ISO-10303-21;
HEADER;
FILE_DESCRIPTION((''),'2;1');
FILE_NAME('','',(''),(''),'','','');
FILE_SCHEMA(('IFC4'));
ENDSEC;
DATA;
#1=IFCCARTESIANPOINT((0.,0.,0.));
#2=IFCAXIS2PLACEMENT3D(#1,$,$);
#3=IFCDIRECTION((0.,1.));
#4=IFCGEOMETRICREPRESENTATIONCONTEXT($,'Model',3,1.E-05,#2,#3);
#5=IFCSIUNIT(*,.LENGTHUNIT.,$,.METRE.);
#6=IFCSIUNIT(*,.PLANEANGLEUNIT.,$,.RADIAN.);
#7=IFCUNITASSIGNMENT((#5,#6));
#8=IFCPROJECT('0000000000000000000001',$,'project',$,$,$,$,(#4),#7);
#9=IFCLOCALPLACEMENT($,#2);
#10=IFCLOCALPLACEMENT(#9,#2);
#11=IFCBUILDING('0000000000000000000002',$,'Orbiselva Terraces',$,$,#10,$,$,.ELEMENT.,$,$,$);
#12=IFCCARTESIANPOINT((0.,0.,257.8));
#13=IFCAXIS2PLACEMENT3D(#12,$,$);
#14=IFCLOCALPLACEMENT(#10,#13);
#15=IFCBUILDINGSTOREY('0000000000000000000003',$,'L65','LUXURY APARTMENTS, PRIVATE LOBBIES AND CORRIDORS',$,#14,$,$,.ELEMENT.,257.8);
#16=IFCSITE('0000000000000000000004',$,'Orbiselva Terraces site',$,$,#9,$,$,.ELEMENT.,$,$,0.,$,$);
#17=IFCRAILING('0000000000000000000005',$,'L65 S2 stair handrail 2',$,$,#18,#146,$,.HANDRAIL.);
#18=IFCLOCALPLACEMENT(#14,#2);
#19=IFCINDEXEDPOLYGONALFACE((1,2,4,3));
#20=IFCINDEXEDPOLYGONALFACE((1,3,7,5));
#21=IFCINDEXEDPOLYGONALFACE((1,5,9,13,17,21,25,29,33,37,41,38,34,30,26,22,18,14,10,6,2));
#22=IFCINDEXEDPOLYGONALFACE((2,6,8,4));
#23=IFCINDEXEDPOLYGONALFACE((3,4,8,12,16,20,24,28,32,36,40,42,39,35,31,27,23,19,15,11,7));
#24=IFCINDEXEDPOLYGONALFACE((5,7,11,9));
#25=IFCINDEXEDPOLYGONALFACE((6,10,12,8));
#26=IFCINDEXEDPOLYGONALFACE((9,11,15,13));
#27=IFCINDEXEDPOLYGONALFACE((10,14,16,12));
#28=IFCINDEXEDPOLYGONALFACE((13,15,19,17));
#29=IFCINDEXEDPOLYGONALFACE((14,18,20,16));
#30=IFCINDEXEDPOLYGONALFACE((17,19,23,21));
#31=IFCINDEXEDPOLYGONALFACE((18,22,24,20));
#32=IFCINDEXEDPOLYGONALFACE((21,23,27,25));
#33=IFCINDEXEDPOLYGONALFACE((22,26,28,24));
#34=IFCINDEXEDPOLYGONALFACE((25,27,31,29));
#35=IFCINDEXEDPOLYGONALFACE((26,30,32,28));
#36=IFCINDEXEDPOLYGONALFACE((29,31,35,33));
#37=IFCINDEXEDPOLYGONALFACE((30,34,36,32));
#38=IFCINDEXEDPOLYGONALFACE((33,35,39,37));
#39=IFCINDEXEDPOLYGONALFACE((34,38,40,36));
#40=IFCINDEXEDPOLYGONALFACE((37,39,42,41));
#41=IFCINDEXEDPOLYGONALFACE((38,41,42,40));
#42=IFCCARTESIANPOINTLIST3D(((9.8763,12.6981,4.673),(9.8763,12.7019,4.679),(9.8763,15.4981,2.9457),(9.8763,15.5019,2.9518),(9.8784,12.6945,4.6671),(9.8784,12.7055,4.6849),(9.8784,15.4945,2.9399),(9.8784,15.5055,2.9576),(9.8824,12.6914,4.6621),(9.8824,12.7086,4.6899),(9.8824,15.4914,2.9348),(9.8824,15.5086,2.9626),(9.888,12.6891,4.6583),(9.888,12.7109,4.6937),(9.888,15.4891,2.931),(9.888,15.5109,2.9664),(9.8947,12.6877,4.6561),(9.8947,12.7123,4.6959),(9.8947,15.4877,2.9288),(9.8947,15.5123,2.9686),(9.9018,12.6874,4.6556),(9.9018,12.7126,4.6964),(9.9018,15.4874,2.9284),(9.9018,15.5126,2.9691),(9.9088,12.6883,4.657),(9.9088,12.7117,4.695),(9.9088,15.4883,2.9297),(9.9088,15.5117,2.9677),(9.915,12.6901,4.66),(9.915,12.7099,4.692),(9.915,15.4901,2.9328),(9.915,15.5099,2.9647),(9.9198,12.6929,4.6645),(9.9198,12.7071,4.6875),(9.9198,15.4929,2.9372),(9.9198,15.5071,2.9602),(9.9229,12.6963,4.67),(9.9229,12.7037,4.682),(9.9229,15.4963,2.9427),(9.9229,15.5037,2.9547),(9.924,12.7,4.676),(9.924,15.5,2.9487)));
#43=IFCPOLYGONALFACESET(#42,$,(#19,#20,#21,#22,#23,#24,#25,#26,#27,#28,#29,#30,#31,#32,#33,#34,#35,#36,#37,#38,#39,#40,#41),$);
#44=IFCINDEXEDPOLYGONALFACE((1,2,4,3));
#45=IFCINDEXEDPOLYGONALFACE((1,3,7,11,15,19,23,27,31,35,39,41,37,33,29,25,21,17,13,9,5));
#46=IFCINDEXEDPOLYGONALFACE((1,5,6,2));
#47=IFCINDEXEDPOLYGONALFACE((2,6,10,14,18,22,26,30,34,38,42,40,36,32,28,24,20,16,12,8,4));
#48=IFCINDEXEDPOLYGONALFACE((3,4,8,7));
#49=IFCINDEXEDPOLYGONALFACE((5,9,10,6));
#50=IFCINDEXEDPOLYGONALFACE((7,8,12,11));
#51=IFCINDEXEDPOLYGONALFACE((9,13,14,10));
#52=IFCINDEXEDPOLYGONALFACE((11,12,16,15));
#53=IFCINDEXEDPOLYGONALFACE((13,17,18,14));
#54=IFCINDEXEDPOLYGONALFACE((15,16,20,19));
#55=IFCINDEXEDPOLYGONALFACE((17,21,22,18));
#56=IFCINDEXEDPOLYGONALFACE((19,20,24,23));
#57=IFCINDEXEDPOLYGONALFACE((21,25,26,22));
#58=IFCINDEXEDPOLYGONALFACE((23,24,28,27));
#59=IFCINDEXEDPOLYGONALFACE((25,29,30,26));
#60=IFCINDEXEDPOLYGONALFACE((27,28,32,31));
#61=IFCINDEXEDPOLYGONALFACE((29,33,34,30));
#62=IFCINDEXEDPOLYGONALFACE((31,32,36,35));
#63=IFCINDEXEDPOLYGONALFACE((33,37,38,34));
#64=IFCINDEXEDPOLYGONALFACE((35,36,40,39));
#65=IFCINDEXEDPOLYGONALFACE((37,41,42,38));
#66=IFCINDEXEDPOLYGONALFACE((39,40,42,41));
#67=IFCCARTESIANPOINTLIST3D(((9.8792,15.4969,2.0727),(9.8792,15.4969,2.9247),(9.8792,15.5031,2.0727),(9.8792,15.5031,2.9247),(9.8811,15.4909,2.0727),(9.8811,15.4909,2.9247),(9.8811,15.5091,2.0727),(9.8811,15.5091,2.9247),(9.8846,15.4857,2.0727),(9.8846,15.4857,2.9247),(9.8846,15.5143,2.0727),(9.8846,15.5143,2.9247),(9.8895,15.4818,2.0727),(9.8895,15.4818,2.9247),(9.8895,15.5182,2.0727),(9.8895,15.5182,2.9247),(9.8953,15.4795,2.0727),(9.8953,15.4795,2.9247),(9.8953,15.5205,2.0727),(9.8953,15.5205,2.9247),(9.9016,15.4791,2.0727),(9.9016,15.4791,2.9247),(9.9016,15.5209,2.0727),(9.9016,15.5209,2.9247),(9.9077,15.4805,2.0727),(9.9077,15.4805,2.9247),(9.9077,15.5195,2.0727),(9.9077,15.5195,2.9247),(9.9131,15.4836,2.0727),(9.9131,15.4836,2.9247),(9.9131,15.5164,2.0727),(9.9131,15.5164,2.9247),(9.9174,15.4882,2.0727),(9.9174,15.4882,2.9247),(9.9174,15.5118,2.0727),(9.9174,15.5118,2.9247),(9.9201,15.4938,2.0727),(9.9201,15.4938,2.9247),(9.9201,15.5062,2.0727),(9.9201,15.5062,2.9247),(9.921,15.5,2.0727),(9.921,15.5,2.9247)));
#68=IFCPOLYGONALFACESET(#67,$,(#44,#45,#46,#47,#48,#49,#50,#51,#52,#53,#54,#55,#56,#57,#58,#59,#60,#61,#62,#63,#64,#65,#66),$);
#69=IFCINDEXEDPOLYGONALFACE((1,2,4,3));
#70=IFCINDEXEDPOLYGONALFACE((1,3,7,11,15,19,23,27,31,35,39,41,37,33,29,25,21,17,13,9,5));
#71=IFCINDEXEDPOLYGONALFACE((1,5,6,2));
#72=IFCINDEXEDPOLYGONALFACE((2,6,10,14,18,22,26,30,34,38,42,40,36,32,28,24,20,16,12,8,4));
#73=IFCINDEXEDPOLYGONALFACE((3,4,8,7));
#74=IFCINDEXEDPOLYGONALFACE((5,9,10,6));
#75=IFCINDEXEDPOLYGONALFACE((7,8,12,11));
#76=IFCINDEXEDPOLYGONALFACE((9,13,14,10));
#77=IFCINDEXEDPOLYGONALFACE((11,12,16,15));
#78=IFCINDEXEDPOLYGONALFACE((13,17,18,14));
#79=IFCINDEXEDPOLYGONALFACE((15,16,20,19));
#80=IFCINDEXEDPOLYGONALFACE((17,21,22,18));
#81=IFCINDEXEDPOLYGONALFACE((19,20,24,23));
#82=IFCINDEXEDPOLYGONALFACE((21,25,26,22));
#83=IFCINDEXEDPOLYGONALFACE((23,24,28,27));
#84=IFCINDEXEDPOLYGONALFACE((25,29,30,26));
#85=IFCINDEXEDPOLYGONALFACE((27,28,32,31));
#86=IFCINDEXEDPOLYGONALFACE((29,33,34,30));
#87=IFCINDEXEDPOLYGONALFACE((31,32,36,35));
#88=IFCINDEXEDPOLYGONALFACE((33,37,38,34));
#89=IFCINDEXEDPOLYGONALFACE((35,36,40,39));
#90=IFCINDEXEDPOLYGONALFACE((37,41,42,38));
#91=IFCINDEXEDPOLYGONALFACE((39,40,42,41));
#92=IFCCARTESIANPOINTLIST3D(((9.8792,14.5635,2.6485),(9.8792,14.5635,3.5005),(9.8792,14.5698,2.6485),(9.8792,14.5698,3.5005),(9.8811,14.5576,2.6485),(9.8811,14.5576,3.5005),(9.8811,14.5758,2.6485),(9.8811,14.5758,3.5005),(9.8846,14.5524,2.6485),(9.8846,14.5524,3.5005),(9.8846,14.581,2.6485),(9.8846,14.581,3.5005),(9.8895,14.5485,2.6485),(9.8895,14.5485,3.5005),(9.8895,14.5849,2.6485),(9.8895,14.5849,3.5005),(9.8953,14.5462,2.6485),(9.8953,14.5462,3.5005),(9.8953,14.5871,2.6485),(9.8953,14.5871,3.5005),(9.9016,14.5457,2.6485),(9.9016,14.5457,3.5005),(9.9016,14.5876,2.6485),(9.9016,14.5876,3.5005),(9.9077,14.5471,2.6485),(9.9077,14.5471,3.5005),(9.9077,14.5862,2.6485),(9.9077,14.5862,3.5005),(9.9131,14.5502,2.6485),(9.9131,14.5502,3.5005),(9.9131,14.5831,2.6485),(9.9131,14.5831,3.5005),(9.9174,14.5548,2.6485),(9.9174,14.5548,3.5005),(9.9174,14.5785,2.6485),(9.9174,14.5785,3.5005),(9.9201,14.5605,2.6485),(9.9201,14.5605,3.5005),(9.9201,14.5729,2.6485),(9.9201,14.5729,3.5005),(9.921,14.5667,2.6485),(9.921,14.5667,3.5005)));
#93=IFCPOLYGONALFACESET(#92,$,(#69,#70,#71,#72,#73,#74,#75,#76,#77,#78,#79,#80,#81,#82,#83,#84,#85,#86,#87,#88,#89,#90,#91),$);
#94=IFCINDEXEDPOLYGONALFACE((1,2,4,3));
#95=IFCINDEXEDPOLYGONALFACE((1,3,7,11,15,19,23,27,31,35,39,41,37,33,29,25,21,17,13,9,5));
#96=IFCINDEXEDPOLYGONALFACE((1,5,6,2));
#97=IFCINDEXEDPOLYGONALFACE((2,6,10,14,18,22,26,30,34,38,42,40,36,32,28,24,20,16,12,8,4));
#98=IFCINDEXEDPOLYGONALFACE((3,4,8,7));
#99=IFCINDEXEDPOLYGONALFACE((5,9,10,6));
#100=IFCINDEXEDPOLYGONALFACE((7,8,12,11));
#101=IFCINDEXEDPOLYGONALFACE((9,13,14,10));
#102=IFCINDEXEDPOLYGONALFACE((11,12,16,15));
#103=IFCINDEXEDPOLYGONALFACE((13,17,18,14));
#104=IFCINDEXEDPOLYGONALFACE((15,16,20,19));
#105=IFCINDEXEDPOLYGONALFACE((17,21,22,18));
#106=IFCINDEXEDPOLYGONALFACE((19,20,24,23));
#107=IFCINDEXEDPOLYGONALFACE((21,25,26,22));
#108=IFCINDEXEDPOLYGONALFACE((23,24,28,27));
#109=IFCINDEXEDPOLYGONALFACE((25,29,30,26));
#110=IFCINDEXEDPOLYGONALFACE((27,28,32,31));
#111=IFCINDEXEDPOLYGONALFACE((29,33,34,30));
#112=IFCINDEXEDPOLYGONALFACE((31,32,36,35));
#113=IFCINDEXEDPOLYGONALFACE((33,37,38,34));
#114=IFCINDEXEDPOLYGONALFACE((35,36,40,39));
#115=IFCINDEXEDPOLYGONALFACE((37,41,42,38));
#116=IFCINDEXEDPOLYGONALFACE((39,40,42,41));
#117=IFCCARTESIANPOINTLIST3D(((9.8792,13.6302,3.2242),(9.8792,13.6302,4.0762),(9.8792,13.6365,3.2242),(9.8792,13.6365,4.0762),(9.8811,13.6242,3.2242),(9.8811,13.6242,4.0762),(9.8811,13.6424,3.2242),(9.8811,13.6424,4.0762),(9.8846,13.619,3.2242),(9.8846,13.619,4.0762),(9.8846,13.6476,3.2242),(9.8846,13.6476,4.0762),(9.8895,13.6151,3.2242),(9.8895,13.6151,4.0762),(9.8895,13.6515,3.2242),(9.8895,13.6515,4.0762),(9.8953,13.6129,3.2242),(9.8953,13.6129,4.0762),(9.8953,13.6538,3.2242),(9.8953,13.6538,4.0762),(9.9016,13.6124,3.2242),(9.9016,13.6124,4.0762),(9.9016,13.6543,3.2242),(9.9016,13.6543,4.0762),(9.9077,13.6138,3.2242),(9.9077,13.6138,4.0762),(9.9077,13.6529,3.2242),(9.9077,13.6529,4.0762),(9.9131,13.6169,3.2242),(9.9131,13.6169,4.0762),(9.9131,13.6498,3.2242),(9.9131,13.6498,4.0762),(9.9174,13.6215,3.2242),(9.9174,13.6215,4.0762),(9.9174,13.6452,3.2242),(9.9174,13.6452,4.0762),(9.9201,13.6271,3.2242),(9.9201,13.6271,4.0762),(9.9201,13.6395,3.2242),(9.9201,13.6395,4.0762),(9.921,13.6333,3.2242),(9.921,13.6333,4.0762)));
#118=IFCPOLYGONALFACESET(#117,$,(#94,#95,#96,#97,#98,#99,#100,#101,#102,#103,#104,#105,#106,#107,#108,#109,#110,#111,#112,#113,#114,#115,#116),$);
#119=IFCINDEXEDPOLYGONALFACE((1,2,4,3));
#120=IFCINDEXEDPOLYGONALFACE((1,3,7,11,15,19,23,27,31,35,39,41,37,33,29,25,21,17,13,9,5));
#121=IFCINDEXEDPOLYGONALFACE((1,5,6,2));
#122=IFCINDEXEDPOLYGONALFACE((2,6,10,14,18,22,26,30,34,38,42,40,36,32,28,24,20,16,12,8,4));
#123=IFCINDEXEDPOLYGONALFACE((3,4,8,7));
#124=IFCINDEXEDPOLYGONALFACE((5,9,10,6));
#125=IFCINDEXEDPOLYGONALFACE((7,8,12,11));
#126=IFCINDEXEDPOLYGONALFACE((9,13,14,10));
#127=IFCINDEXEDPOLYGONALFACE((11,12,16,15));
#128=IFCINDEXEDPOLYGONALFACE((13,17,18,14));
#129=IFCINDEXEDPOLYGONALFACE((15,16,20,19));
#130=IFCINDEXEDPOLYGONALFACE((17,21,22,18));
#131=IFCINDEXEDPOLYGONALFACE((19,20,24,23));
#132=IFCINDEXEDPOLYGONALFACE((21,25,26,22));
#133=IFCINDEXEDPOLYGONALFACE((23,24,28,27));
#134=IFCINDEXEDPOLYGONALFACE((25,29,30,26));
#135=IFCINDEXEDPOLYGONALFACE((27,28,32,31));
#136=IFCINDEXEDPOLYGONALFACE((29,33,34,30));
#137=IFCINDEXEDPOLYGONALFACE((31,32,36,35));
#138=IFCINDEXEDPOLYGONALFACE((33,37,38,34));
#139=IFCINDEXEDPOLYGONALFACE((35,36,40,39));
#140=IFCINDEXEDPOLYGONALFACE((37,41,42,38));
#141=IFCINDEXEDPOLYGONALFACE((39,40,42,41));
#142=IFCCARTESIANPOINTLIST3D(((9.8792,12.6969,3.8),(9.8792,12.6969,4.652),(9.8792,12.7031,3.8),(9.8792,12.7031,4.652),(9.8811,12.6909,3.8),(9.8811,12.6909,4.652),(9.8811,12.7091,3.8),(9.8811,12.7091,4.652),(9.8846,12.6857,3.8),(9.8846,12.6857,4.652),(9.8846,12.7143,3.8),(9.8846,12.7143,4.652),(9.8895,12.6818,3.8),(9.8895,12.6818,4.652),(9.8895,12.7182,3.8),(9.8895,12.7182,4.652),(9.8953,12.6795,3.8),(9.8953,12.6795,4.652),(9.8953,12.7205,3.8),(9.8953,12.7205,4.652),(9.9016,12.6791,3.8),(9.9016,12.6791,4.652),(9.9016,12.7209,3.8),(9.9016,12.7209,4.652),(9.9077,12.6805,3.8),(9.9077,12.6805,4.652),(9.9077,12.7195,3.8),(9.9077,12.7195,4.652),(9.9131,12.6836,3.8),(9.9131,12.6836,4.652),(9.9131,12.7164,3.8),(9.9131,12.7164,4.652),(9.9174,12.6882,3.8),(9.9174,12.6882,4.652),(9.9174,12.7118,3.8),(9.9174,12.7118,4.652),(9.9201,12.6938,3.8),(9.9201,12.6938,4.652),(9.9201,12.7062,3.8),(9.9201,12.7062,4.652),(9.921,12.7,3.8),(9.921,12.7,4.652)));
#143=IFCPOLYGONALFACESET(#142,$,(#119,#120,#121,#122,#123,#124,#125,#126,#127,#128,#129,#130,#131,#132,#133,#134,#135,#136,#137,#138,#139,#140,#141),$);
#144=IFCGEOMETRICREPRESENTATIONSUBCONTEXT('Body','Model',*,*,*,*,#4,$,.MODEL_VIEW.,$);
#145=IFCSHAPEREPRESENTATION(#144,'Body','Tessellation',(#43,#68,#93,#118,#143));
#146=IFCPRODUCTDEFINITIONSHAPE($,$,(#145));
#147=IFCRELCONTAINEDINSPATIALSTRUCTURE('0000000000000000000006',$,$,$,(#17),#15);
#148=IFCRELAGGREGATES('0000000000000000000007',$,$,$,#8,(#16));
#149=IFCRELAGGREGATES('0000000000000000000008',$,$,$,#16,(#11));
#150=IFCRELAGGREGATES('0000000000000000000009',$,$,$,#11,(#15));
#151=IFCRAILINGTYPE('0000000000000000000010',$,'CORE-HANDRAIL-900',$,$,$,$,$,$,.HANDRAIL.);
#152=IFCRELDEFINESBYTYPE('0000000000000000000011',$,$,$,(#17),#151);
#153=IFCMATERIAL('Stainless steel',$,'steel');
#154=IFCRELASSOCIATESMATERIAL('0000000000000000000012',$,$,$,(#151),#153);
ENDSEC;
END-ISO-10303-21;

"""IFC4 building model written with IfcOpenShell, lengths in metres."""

from ifc_helpers import new_model, si_unit, direction, frame, origin, origin_2d, place, context, subcontext, project, spatial, circle, extrude, material, type_object, element, save


model = new_model("IFC4")

# Units and contexts
model_context = context("Model", 3, precision=1e-05, world=origin(), true_north=direction((0.0, 1.0)))
body_context = subcontext(model_context, "Body", "Model", "MODEL_VIEW")
ifc_project = project(units=[si_unit("LENGTHUNIT", "METRE"), si_unit("PLANEANGLEUNIT", "RADIAN")], contexts=[model_context])

# Site, building, storey
site_placement = place(None, origin())
site = spatial("IfcSite", under=ifc_project, at=site_placement, Name="Orbiselva Terraces site", CompositionType="ELEMENT", RefElevation=0.0)
building_placement = place(site_placement, origin())
building = spatial("IfcBuilding", under=site, at=building_placement, Name="Orbiselva Terraces", CompositionType="ELEMENT")
storey_placement = place(building_placement, frame((0.0, 0.0, 257.8)))
storey = spatial("IfcBuildingStorey", under=building, at=storey_placement, Name="L65", Description="LUXURY APARTMENTS, PRIVATE LOBBIES AND CORRIDORS", CompositionType="ELEMENT", Elevation=257.8)

# Railing
ifc_material_1 = material(Name="Stainless steel", Category="steel")
railing_type = type_object("IfcRailingType", Name="CORE-HANDRAIL-900", PredefinedType="HANDRAIL", material=ifc_material_1)
railing_placement = place(storey_placement, frame((9.9, 15.5, 2.0727)))
element("IfcRailing", 1, at=railing_placement, inside=storey, type_object=railing_type, Name="L65 S2 stair handrail 2", PredefinedType="HANDRAIL", context=body_context, shape_type="SweptSolid", body=[
    extrude(circle(Radius=0.024, at=origin_2d()), frame((0.0, 0.0, 0.876), z_axis=(0.0, -0.851089, 0.525022), x_axis=(1.0, 0.0, 0.0)), (0.0, 0.0, 1.0), 3.2899),
    extrude(circle(Radius=0.021, at=origin_2d()), origin(), (0.0, 0.0, 1.0), 0.852),
    extrude(circle(Radius=0.021, at=origin_2d()), frame((0.0, -0.9333, 0.5758)), (0.0, 0.0, 1.0), 0.852),
    extrude(circle(Radius=0.021, at=origin_2d()), frame((0.0, -1.8667, 1.1515)), (0.0, 0.0, 1.0), 0.852),
    extrude(circle(Radius=0.021, at=origin_2d()), frame((0.0, -2.8, 1.7273)), (0.0, 0.0, 1.0), 0.852),
])

save(model, "model.ifc")
